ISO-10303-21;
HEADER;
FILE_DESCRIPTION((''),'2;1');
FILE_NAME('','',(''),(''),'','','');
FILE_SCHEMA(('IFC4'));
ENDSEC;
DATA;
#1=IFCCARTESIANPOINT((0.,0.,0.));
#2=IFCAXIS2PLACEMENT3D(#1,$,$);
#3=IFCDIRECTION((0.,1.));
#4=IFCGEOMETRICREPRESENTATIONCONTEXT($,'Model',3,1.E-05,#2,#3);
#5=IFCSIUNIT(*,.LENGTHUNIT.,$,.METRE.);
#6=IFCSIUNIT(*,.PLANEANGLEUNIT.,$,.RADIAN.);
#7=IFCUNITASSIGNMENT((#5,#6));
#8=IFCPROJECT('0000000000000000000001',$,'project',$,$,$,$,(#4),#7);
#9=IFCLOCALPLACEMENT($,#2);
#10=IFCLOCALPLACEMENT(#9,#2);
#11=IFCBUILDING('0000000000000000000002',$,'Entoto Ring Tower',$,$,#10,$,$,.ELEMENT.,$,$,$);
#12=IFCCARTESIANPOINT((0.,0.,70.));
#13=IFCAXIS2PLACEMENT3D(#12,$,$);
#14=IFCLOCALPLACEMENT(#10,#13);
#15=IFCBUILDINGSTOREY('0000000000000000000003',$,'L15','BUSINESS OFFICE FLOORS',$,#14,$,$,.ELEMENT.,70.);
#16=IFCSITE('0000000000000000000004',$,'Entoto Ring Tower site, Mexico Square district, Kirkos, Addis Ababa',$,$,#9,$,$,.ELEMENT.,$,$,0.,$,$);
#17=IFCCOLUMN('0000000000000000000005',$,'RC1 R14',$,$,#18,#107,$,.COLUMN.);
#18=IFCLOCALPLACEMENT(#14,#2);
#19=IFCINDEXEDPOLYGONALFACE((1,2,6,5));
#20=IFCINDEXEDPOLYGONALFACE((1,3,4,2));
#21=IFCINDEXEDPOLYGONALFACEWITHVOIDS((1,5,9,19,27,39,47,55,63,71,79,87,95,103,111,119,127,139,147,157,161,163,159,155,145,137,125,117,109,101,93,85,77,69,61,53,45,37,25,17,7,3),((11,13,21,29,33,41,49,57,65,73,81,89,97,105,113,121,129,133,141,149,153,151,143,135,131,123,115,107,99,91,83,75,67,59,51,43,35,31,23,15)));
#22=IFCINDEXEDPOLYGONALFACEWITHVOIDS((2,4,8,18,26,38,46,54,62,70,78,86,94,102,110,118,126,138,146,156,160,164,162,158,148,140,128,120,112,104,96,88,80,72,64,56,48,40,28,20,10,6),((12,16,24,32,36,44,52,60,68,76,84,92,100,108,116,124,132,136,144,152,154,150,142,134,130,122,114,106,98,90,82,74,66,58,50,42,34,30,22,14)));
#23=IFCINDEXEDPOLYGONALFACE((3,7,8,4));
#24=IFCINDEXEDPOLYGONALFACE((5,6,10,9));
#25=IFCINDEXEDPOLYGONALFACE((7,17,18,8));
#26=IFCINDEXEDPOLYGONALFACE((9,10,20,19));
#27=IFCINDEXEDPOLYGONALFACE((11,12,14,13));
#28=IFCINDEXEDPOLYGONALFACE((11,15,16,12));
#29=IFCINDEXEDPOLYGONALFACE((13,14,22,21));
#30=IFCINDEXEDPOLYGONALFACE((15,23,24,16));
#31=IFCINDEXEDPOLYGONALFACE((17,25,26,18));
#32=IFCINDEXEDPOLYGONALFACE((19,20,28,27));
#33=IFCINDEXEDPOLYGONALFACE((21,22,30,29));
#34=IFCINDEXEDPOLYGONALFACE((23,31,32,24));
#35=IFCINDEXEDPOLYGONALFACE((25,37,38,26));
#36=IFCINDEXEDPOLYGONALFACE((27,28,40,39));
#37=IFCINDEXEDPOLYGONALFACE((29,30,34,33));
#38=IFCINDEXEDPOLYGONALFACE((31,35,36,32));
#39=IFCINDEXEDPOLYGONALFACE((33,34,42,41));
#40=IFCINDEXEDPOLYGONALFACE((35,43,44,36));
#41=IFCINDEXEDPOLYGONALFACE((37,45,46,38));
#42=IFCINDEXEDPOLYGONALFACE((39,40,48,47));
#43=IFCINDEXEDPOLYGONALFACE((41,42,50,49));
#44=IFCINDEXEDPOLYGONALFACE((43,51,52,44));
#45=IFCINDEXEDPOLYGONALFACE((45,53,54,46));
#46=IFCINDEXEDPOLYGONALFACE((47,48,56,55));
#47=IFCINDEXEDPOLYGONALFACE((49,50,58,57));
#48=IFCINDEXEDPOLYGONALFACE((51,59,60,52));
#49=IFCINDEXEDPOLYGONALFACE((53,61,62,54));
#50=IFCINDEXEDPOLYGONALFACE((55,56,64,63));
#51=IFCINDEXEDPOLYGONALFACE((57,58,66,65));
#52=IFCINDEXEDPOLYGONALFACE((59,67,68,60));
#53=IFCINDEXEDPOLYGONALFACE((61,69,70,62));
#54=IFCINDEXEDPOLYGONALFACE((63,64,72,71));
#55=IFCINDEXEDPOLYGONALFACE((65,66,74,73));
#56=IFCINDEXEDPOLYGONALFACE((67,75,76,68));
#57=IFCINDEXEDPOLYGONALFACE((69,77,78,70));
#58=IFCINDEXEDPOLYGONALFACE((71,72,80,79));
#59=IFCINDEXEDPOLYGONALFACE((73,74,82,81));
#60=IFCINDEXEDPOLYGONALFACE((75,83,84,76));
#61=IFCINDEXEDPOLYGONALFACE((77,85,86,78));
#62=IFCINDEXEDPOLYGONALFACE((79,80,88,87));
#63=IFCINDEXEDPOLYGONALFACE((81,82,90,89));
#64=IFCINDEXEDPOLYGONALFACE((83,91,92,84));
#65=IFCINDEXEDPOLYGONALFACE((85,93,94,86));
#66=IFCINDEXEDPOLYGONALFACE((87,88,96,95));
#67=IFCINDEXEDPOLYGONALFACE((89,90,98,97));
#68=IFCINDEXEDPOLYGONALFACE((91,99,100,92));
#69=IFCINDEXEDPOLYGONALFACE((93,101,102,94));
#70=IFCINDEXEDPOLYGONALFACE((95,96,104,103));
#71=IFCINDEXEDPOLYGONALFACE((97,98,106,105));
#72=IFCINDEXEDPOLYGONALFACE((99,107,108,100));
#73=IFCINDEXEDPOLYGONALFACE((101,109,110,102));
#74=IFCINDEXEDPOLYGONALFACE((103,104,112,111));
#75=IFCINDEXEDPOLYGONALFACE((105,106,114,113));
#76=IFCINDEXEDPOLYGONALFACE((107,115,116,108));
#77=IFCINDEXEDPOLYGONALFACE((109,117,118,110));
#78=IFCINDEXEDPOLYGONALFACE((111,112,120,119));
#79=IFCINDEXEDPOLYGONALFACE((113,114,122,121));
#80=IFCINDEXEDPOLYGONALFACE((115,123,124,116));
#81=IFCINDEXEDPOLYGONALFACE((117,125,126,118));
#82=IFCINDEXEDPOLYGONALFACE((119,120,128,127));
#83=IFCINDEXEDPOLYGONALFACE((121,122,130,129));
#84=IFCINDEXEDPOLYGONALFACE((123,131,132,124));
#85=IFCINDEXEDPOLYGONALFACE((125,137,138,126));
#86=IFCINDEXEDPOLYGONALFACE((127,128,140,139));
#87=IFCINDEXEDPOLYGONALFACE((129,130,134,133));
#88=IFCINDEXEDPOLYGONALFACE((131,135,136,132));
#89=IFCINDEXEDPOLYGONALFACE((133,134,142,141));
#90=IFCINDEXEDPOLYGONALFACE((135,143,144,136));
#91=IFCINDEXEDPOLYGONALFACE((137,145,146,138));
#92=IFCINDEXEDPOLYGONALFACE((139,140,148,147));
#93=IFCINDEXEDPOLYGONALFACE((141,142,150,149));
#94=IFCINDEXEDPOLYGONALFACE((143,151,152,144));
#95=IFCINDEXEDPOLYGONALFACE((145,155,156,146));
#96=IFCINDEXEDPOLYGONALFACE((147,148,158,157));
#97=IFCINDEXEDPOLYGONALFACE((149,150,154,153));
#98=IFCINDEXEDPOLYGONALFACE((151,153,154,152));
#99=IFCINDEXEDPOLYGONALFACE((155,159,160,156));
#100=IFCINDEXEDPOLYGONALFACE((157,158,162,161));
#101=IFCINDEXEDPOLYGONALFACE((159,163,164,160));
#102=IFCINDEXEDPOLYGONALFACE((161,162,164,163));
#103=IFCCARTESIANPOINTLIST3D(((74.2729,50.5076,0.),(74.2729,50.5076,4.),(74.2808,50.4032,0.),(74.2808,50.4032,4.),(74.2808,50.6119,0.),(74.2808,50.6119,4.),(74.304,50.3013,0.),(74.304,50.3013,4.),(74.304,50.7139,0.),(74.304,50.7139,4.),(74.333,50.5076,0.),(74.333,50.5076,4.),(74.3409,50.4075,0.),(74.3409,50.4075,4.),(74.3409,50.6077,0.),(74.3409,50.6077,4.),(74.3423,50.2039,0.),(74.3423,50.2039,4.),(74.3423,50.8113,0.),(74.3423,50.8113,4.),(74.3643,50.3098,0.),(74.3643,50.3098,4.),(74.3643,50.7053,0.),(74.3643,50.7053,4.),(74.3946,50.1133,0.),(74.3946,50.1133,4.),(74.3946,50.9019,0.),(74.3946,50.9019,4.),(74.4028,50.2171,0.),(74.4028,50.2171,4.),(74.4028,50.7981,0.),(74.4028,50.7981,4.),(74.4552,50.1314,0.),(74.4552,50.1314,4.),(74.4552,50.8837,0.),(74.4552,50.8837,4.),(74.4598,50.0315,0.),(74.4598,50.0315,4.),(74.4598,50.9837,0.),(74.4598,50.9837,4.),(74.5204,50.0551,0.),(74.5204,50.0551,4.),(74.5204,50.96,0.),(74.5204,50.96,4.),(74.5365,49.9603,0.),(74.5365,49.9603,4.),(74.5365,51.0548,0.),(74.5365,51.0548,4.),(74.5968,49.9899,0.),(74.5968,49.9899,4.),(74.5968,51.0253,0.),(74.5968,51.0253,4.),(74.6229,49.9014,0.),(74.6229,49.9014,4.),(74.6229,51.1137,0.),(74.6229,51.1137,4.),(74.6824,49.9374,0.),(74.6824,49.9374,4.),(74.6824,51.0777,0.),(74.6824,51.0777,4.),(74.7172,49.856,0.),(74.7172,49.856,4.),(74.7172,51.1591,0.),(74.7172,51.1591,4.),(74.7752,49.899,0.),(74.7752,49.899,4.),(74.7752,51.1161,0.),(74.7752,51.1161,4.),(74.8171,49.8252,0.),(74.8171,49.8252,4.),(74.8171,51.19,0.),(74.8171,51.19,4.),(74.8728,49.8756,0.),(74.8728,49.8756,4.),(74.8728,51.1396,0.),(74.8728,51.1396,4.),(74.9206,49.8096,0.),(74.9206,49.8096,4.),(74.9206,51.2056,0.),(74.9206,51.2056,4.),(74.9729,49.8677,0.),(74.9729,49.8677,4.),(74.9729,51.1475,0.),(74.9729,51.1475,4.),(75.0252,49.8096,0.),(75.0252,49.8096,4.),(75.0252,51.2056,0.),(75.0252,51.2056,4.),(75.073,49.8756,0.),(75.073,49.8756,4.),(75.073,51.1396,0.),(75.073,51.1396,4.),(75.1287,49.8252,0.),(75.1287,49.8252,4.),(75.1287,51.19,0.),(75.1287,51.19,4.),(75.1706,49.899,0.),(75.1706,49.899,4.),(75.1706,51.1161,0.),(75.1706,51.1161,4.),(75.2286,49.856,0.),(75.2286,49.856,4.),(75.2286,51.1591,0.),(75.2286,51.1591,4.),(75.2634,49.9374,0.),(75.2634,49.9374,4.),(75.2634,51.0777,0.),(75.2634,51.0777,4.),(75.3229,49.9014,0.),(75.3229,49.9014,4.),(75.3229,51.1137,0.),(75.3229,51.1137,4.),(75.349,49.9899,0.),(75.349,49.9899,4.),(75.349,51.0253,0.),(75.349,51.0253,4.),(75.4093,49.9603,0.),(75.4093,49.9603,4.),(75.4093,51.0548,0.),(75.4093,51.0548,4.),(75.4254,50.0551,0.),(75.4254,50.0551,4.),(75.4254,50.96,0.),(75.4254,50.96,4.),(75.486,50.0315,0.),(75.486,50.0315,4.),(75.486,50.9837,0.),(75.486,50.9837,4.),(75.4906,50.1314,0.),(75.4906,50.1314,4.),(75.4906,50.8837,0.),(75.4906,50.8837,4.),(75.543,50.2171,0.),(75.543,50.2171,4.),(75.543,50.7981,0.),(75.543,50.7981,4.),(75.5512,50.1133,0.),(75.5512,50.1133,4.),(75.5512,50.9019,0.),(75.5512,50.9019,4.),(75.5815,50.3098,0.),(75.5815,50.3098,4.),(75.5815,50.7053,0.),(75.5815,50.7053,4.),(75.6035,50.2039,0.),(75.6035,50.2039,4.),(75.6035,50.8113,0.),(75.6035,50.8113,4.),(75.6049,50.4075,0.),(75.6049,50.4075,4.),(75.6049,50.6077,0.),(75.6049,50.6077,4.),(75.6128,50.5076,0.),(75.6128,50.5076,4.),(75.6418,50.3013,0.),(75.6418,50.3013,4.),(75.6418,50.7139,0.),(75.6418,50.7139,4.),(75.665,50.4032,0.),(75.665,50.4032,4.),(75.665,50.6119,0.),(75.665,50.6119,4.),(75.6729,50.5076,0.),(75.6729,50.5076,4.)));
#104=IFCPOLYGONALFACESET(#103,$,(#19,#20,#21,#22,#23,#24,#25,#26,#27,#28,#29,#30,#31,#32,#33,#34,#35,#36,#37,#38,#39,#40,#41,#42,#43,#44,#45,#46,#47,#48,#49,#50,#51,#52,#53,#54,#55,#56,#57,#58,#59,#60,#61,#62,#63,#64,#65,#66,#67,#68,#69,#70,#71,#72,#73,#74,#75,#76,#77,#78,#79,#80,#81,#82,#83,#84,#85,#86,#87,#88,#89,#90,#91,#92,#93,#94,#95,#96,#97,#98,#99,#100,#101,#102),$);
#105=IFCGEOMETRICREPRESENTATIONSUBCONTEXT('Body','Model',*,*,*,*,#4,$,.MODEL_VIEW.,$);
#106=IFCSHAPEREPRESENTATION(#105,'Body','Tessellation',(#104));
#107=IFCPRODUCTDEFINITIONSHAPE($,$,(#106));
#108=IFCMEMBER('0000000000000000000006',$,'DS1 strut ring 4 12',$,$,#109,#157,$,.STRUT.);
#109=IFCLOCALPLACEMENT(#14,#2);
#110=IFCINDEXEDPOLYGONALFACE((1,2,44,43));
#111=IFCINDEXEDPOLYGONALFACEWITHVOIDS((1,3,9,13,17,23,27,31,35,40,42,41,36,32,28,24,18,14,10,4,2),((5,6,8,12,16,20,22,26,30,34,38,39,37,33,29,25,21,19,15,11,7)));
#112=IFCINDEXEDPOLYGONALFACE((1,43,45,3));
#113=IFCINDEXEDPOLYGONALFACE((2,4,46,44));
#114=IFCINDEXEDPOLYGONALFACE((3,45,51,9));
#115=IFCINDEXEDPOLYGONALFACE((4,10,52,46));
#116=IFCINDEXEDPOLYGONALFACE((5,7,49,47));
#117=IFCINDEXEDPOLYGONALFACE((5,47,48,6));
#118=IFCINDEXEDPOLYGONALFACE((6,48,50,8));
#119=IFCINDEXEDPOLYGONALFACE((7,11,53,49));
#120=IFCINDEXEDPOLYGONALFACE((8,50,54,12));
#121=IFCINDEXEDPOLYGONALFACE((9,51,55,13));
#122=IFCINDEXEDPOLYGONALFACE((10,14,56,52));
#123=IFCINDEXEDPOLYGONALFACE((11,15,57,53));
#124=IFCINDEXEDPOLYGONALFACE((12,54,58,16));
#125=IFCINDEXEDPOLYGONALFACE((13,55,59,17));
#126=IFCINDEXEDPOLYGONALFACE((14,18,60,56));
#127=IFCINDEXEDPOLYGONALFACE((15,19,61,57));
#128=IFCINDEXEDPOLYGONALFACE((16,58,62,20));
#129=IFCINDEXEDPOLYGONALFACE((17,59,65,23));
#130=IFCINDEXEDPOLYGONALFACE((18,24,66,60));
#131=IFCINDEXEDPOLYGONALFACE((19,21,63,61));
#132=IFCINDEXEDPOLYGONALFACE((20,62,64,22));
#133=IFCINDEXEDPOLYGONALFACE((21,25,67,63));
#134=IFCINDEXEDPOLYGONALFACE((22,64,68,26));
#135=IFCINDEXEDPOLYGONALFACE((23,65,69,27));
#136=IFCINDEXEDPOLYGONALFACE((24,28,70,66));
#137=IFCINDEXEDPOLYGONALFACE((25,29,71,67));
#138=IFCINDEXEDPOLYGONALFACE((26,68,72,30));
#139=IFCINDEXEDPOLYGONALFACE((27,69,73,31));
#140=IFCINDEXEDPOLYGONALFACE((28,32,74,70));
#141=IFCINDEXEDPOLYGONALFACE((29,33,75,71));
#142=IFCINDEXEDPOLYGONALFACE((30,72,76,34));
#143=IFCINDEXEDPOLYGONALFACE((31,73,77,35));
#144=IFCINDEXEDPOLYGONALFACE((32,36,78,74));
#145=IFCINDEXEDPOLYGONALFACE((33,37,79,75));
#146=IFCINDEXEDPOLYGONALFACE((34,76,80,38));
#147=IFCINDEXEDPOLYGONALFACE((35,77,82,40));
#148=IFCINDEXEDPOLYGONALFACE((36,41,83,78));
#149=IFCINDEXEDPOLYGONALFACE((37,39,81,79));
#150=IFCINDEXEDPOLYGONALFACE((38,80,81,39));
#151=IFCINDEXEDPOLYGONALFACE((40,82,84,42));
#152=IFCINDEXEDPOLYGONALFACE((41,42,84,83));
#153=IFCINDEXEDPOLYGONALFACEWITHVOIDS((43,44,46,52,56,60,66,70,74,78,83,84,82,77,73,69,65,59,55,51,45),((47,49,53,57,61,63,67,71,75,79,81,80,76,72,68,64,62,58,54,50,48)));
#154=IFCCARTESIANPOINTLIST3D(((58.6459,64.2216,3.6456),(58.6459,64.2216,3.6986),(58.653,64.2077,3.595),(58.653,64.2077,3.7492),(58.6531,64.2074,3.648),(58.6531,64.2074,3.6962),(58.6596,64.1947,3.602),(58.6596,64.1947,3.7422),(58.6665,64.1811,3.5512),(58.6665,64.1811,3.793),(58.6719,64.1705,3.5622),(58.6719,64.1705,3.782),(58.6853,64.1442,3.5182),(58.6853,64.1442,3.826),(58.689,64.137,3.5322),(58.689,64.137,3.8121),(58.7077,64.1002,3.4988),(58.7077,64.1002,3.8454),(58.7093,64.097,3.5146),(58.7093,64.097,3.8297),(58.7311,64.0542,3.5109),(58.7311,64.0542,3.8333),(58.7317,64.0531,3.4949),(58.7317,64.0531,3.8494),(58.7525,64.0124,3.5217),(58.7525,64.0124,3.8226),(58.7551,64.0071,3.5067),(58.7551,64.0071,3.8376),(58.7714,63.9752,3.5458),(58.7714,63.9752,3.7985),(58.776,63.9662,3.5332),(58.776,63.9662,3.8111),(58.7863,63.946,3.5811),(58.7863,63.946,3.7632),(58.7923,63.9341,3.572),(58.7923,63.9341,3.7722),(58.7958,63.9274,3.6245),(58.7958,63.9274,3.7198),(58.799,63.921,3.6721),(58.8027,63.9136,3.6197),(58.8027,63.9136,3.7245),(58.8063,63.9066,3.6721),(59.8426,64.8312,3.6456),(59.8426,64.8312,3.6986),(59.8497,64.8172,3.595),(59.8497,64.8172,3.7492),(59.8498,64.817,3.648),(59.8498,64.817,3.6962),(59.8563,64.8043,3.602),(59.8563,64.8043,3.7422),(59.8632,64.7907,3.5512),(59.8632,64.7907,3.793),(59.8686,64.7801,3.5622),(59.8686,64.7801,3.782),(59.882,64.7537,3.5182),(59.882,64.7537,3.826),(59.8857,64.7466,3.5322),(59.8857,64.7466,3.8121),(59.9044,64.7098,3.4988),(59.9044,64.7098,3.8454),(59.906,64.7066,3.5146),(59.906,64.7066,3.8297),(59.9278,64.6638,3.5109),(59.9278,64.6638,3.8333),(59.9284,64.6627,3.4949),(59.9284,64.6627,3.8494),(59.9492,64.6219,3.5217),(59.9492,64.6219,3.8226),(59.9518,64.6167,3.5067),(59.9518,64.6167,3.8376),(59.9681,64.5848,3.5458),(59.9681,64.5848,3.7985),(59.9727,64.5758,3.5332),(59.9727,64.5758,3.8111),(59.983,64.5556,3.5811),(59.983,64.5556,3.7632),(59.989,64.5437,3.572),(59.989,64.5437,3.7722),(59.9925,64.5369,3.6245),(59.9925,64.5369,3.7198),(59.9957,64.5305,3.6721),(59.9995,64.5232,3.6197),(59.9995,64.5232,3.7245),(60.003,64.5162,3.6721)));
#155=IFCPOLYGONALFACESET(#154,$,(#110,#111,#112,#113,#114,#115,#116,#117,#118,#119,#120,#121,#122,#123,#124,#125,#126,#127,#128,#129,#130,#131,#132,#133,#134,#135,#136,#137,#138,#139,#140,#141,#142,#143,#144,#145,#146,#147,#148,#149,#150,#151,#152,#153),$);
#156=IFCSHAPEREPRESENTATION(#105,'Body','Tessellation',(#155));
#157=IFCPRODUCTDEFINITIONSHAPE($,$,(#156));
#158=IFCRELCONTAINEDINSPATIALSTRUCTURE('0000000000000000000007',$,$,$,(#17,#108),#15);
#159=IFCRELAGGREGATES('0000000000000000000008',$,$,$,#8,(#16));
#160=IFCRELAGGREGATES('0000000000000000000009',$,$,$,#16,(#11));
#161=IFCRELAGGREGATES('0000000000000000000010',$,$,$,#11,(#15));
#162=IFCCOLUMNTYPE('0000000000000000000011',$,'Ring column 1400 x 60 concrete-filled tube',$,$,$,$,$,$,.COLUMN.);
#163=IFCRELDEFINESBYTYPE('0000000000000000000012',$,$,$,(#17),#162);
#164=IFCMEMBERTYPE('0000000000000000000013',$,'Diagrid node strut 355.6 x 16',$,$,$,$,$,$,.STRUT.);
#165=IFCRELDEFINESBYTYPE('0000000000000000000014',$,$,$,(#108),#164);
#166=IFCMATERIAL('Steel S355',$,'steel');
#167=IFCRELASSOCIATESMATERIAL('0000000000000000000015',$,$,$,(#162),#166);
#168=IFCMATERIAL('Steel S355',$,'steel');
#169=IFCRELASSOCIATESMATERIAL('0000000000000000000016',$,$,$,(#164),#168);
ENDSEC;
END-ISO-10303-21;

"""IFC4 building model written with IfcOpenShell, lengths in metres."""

from ifc_helpers import new_model, si_unit, direction, frame, origin, origin_2d, place, context, subcontext, project, spatial, circle, hollow_circle, extrude, material, material_profile, profile_set, type_object, element, save


model = new_model("IFC4")

# Units and contexts
model_context = context("Model", 3, precision=1e-05, world=origin(), true_north=direction((0.0, 1.0)))
body_context = subcontext(model_context, "Body", "Model", "MODEL_VIEW")
ifc_project = project(units=[si_unit("LENGTHUNIT", "METRE"), si_unit("PLANEANGLEUNIT", "RADIAN")], contexts=[model_context])

# Site, building, storey
site_placement = place(None, origin())
site = spatial("IfcSite", under=ifc_project, at=site_placement, Name="Entoto Ring Tower site, Mexico Square district, Kirkos, Addis Ababa", CompositionType="ELEMENT", RefElevation=0.0)
building_placement = place(site_placement, origin())
building = spatial("IfcBuilding", under=site, at=building_placement, Name="Entoto Ring Tower", CompositionType="ELEMENT")
storey_placement = place(building_placement, frame((0.0, 0.0, 70.0)))
storey = spatial("IfcBuildingStorey", under=building, at=storey_placement, Name="L15", Description="BUSINESS OFFICE FLOORS", CompositionType="ELEMENT", Elevation=70.0)

# Column
ifc_material_1 = material(Name="Steel S355", Category="steel")
ifc_material_profile_1 = material_profile(ifc_material_1, hollow_circle(Radius=0.7, WallThickness=0.0601, at=origin_2d()), Name="CHS 1400 x 60")
ifc_material_2 = material(Name="Concrete C60/75", Category="concrete")
ifc_material_profile_2 = material_profile(ifc_material_2, circle(Radius=0.6399, at=origin_2d()), Name="Concrete C60/75 infill")
ifc_profile_set_1 = profile_set([ifc_material_profile_1, ifc_material_profile_2], Name="Steel S355")
column_type = type_object("IfcColumnType", Name="Ring column 1400 x 60 concrete-filled tube", PredefinedType="COLUMN", material=ifc_profile_set_1)
for number, where, z_axis, x_axis, name in (
    (1, (74.9729, 50.5076, 0.0), (0.0, 0.0, 1.0), (1.0, 0.0, 0.0), "RC1 R14"),
):
    element("IfcColumn", number, at=place(storey_placement, frame(where, z_axis=z_axis, x_axis=x_axis)), inside=storey, type_object=column_type, Name=name, PredefinedType="COLUMN", context=body_context, shape_type="SweptSolid", body=[
        extrude(hollow_circle(Radius=0.7, WallThickness=0.0601, at=origin_2d()), origin(), (0.0, 0.0, 1.0), 4.0),
    ])

# Member
ifc_material_3 = material(Name="Steel S355", Category="steel")
ifc_material_profile_3 = material_profile(ifc_material_3, hollow_circle(Radius=0.1777, WallThickness=0.0161, at=origin_2d()), Name="CHS 355.6 x 16")
ifc_material_4 = material(Name="Concrete C60/75", Category="concrete")
ifc_material_profile_4 = material_profile(ifc_material_4, circle(Radius=0.1619, at=origin_2d()), Name="Concrete C60/75 infill")
ifc_profile_set_2 = profile_set([ifc_material_profile_3, ifc_material_profile_4], Name="Steel S355")
member_type = type_object("IfcMemberType", Name="Diagrid node strut 355.6 x 16", PredefinedType="STRUT", material=ifc_profile_set_2)
member_1_placement = place(storey_placement, frame((59.9224, 64.6746, 3.6721), z_axis=(-0.891058, -0.45389, 0.0), x_axis=(0.45389, -0.891058, 0.0)))
element("IfcMember", 2, at=member_1_placement, inside=storey, type_object=member_type, Name="DS1 strut ring 4 12", PredefinedType="STRUT", context=body_context, shape_type="SweptSolid", body=[
    extrude(hollow_circle(Radius=0.1777, WallThickness=0.0161, at=origin_2d()), origin(), (0.0, 0.0, 1.0), 1.343),
])

save(model, "model.ifc")
